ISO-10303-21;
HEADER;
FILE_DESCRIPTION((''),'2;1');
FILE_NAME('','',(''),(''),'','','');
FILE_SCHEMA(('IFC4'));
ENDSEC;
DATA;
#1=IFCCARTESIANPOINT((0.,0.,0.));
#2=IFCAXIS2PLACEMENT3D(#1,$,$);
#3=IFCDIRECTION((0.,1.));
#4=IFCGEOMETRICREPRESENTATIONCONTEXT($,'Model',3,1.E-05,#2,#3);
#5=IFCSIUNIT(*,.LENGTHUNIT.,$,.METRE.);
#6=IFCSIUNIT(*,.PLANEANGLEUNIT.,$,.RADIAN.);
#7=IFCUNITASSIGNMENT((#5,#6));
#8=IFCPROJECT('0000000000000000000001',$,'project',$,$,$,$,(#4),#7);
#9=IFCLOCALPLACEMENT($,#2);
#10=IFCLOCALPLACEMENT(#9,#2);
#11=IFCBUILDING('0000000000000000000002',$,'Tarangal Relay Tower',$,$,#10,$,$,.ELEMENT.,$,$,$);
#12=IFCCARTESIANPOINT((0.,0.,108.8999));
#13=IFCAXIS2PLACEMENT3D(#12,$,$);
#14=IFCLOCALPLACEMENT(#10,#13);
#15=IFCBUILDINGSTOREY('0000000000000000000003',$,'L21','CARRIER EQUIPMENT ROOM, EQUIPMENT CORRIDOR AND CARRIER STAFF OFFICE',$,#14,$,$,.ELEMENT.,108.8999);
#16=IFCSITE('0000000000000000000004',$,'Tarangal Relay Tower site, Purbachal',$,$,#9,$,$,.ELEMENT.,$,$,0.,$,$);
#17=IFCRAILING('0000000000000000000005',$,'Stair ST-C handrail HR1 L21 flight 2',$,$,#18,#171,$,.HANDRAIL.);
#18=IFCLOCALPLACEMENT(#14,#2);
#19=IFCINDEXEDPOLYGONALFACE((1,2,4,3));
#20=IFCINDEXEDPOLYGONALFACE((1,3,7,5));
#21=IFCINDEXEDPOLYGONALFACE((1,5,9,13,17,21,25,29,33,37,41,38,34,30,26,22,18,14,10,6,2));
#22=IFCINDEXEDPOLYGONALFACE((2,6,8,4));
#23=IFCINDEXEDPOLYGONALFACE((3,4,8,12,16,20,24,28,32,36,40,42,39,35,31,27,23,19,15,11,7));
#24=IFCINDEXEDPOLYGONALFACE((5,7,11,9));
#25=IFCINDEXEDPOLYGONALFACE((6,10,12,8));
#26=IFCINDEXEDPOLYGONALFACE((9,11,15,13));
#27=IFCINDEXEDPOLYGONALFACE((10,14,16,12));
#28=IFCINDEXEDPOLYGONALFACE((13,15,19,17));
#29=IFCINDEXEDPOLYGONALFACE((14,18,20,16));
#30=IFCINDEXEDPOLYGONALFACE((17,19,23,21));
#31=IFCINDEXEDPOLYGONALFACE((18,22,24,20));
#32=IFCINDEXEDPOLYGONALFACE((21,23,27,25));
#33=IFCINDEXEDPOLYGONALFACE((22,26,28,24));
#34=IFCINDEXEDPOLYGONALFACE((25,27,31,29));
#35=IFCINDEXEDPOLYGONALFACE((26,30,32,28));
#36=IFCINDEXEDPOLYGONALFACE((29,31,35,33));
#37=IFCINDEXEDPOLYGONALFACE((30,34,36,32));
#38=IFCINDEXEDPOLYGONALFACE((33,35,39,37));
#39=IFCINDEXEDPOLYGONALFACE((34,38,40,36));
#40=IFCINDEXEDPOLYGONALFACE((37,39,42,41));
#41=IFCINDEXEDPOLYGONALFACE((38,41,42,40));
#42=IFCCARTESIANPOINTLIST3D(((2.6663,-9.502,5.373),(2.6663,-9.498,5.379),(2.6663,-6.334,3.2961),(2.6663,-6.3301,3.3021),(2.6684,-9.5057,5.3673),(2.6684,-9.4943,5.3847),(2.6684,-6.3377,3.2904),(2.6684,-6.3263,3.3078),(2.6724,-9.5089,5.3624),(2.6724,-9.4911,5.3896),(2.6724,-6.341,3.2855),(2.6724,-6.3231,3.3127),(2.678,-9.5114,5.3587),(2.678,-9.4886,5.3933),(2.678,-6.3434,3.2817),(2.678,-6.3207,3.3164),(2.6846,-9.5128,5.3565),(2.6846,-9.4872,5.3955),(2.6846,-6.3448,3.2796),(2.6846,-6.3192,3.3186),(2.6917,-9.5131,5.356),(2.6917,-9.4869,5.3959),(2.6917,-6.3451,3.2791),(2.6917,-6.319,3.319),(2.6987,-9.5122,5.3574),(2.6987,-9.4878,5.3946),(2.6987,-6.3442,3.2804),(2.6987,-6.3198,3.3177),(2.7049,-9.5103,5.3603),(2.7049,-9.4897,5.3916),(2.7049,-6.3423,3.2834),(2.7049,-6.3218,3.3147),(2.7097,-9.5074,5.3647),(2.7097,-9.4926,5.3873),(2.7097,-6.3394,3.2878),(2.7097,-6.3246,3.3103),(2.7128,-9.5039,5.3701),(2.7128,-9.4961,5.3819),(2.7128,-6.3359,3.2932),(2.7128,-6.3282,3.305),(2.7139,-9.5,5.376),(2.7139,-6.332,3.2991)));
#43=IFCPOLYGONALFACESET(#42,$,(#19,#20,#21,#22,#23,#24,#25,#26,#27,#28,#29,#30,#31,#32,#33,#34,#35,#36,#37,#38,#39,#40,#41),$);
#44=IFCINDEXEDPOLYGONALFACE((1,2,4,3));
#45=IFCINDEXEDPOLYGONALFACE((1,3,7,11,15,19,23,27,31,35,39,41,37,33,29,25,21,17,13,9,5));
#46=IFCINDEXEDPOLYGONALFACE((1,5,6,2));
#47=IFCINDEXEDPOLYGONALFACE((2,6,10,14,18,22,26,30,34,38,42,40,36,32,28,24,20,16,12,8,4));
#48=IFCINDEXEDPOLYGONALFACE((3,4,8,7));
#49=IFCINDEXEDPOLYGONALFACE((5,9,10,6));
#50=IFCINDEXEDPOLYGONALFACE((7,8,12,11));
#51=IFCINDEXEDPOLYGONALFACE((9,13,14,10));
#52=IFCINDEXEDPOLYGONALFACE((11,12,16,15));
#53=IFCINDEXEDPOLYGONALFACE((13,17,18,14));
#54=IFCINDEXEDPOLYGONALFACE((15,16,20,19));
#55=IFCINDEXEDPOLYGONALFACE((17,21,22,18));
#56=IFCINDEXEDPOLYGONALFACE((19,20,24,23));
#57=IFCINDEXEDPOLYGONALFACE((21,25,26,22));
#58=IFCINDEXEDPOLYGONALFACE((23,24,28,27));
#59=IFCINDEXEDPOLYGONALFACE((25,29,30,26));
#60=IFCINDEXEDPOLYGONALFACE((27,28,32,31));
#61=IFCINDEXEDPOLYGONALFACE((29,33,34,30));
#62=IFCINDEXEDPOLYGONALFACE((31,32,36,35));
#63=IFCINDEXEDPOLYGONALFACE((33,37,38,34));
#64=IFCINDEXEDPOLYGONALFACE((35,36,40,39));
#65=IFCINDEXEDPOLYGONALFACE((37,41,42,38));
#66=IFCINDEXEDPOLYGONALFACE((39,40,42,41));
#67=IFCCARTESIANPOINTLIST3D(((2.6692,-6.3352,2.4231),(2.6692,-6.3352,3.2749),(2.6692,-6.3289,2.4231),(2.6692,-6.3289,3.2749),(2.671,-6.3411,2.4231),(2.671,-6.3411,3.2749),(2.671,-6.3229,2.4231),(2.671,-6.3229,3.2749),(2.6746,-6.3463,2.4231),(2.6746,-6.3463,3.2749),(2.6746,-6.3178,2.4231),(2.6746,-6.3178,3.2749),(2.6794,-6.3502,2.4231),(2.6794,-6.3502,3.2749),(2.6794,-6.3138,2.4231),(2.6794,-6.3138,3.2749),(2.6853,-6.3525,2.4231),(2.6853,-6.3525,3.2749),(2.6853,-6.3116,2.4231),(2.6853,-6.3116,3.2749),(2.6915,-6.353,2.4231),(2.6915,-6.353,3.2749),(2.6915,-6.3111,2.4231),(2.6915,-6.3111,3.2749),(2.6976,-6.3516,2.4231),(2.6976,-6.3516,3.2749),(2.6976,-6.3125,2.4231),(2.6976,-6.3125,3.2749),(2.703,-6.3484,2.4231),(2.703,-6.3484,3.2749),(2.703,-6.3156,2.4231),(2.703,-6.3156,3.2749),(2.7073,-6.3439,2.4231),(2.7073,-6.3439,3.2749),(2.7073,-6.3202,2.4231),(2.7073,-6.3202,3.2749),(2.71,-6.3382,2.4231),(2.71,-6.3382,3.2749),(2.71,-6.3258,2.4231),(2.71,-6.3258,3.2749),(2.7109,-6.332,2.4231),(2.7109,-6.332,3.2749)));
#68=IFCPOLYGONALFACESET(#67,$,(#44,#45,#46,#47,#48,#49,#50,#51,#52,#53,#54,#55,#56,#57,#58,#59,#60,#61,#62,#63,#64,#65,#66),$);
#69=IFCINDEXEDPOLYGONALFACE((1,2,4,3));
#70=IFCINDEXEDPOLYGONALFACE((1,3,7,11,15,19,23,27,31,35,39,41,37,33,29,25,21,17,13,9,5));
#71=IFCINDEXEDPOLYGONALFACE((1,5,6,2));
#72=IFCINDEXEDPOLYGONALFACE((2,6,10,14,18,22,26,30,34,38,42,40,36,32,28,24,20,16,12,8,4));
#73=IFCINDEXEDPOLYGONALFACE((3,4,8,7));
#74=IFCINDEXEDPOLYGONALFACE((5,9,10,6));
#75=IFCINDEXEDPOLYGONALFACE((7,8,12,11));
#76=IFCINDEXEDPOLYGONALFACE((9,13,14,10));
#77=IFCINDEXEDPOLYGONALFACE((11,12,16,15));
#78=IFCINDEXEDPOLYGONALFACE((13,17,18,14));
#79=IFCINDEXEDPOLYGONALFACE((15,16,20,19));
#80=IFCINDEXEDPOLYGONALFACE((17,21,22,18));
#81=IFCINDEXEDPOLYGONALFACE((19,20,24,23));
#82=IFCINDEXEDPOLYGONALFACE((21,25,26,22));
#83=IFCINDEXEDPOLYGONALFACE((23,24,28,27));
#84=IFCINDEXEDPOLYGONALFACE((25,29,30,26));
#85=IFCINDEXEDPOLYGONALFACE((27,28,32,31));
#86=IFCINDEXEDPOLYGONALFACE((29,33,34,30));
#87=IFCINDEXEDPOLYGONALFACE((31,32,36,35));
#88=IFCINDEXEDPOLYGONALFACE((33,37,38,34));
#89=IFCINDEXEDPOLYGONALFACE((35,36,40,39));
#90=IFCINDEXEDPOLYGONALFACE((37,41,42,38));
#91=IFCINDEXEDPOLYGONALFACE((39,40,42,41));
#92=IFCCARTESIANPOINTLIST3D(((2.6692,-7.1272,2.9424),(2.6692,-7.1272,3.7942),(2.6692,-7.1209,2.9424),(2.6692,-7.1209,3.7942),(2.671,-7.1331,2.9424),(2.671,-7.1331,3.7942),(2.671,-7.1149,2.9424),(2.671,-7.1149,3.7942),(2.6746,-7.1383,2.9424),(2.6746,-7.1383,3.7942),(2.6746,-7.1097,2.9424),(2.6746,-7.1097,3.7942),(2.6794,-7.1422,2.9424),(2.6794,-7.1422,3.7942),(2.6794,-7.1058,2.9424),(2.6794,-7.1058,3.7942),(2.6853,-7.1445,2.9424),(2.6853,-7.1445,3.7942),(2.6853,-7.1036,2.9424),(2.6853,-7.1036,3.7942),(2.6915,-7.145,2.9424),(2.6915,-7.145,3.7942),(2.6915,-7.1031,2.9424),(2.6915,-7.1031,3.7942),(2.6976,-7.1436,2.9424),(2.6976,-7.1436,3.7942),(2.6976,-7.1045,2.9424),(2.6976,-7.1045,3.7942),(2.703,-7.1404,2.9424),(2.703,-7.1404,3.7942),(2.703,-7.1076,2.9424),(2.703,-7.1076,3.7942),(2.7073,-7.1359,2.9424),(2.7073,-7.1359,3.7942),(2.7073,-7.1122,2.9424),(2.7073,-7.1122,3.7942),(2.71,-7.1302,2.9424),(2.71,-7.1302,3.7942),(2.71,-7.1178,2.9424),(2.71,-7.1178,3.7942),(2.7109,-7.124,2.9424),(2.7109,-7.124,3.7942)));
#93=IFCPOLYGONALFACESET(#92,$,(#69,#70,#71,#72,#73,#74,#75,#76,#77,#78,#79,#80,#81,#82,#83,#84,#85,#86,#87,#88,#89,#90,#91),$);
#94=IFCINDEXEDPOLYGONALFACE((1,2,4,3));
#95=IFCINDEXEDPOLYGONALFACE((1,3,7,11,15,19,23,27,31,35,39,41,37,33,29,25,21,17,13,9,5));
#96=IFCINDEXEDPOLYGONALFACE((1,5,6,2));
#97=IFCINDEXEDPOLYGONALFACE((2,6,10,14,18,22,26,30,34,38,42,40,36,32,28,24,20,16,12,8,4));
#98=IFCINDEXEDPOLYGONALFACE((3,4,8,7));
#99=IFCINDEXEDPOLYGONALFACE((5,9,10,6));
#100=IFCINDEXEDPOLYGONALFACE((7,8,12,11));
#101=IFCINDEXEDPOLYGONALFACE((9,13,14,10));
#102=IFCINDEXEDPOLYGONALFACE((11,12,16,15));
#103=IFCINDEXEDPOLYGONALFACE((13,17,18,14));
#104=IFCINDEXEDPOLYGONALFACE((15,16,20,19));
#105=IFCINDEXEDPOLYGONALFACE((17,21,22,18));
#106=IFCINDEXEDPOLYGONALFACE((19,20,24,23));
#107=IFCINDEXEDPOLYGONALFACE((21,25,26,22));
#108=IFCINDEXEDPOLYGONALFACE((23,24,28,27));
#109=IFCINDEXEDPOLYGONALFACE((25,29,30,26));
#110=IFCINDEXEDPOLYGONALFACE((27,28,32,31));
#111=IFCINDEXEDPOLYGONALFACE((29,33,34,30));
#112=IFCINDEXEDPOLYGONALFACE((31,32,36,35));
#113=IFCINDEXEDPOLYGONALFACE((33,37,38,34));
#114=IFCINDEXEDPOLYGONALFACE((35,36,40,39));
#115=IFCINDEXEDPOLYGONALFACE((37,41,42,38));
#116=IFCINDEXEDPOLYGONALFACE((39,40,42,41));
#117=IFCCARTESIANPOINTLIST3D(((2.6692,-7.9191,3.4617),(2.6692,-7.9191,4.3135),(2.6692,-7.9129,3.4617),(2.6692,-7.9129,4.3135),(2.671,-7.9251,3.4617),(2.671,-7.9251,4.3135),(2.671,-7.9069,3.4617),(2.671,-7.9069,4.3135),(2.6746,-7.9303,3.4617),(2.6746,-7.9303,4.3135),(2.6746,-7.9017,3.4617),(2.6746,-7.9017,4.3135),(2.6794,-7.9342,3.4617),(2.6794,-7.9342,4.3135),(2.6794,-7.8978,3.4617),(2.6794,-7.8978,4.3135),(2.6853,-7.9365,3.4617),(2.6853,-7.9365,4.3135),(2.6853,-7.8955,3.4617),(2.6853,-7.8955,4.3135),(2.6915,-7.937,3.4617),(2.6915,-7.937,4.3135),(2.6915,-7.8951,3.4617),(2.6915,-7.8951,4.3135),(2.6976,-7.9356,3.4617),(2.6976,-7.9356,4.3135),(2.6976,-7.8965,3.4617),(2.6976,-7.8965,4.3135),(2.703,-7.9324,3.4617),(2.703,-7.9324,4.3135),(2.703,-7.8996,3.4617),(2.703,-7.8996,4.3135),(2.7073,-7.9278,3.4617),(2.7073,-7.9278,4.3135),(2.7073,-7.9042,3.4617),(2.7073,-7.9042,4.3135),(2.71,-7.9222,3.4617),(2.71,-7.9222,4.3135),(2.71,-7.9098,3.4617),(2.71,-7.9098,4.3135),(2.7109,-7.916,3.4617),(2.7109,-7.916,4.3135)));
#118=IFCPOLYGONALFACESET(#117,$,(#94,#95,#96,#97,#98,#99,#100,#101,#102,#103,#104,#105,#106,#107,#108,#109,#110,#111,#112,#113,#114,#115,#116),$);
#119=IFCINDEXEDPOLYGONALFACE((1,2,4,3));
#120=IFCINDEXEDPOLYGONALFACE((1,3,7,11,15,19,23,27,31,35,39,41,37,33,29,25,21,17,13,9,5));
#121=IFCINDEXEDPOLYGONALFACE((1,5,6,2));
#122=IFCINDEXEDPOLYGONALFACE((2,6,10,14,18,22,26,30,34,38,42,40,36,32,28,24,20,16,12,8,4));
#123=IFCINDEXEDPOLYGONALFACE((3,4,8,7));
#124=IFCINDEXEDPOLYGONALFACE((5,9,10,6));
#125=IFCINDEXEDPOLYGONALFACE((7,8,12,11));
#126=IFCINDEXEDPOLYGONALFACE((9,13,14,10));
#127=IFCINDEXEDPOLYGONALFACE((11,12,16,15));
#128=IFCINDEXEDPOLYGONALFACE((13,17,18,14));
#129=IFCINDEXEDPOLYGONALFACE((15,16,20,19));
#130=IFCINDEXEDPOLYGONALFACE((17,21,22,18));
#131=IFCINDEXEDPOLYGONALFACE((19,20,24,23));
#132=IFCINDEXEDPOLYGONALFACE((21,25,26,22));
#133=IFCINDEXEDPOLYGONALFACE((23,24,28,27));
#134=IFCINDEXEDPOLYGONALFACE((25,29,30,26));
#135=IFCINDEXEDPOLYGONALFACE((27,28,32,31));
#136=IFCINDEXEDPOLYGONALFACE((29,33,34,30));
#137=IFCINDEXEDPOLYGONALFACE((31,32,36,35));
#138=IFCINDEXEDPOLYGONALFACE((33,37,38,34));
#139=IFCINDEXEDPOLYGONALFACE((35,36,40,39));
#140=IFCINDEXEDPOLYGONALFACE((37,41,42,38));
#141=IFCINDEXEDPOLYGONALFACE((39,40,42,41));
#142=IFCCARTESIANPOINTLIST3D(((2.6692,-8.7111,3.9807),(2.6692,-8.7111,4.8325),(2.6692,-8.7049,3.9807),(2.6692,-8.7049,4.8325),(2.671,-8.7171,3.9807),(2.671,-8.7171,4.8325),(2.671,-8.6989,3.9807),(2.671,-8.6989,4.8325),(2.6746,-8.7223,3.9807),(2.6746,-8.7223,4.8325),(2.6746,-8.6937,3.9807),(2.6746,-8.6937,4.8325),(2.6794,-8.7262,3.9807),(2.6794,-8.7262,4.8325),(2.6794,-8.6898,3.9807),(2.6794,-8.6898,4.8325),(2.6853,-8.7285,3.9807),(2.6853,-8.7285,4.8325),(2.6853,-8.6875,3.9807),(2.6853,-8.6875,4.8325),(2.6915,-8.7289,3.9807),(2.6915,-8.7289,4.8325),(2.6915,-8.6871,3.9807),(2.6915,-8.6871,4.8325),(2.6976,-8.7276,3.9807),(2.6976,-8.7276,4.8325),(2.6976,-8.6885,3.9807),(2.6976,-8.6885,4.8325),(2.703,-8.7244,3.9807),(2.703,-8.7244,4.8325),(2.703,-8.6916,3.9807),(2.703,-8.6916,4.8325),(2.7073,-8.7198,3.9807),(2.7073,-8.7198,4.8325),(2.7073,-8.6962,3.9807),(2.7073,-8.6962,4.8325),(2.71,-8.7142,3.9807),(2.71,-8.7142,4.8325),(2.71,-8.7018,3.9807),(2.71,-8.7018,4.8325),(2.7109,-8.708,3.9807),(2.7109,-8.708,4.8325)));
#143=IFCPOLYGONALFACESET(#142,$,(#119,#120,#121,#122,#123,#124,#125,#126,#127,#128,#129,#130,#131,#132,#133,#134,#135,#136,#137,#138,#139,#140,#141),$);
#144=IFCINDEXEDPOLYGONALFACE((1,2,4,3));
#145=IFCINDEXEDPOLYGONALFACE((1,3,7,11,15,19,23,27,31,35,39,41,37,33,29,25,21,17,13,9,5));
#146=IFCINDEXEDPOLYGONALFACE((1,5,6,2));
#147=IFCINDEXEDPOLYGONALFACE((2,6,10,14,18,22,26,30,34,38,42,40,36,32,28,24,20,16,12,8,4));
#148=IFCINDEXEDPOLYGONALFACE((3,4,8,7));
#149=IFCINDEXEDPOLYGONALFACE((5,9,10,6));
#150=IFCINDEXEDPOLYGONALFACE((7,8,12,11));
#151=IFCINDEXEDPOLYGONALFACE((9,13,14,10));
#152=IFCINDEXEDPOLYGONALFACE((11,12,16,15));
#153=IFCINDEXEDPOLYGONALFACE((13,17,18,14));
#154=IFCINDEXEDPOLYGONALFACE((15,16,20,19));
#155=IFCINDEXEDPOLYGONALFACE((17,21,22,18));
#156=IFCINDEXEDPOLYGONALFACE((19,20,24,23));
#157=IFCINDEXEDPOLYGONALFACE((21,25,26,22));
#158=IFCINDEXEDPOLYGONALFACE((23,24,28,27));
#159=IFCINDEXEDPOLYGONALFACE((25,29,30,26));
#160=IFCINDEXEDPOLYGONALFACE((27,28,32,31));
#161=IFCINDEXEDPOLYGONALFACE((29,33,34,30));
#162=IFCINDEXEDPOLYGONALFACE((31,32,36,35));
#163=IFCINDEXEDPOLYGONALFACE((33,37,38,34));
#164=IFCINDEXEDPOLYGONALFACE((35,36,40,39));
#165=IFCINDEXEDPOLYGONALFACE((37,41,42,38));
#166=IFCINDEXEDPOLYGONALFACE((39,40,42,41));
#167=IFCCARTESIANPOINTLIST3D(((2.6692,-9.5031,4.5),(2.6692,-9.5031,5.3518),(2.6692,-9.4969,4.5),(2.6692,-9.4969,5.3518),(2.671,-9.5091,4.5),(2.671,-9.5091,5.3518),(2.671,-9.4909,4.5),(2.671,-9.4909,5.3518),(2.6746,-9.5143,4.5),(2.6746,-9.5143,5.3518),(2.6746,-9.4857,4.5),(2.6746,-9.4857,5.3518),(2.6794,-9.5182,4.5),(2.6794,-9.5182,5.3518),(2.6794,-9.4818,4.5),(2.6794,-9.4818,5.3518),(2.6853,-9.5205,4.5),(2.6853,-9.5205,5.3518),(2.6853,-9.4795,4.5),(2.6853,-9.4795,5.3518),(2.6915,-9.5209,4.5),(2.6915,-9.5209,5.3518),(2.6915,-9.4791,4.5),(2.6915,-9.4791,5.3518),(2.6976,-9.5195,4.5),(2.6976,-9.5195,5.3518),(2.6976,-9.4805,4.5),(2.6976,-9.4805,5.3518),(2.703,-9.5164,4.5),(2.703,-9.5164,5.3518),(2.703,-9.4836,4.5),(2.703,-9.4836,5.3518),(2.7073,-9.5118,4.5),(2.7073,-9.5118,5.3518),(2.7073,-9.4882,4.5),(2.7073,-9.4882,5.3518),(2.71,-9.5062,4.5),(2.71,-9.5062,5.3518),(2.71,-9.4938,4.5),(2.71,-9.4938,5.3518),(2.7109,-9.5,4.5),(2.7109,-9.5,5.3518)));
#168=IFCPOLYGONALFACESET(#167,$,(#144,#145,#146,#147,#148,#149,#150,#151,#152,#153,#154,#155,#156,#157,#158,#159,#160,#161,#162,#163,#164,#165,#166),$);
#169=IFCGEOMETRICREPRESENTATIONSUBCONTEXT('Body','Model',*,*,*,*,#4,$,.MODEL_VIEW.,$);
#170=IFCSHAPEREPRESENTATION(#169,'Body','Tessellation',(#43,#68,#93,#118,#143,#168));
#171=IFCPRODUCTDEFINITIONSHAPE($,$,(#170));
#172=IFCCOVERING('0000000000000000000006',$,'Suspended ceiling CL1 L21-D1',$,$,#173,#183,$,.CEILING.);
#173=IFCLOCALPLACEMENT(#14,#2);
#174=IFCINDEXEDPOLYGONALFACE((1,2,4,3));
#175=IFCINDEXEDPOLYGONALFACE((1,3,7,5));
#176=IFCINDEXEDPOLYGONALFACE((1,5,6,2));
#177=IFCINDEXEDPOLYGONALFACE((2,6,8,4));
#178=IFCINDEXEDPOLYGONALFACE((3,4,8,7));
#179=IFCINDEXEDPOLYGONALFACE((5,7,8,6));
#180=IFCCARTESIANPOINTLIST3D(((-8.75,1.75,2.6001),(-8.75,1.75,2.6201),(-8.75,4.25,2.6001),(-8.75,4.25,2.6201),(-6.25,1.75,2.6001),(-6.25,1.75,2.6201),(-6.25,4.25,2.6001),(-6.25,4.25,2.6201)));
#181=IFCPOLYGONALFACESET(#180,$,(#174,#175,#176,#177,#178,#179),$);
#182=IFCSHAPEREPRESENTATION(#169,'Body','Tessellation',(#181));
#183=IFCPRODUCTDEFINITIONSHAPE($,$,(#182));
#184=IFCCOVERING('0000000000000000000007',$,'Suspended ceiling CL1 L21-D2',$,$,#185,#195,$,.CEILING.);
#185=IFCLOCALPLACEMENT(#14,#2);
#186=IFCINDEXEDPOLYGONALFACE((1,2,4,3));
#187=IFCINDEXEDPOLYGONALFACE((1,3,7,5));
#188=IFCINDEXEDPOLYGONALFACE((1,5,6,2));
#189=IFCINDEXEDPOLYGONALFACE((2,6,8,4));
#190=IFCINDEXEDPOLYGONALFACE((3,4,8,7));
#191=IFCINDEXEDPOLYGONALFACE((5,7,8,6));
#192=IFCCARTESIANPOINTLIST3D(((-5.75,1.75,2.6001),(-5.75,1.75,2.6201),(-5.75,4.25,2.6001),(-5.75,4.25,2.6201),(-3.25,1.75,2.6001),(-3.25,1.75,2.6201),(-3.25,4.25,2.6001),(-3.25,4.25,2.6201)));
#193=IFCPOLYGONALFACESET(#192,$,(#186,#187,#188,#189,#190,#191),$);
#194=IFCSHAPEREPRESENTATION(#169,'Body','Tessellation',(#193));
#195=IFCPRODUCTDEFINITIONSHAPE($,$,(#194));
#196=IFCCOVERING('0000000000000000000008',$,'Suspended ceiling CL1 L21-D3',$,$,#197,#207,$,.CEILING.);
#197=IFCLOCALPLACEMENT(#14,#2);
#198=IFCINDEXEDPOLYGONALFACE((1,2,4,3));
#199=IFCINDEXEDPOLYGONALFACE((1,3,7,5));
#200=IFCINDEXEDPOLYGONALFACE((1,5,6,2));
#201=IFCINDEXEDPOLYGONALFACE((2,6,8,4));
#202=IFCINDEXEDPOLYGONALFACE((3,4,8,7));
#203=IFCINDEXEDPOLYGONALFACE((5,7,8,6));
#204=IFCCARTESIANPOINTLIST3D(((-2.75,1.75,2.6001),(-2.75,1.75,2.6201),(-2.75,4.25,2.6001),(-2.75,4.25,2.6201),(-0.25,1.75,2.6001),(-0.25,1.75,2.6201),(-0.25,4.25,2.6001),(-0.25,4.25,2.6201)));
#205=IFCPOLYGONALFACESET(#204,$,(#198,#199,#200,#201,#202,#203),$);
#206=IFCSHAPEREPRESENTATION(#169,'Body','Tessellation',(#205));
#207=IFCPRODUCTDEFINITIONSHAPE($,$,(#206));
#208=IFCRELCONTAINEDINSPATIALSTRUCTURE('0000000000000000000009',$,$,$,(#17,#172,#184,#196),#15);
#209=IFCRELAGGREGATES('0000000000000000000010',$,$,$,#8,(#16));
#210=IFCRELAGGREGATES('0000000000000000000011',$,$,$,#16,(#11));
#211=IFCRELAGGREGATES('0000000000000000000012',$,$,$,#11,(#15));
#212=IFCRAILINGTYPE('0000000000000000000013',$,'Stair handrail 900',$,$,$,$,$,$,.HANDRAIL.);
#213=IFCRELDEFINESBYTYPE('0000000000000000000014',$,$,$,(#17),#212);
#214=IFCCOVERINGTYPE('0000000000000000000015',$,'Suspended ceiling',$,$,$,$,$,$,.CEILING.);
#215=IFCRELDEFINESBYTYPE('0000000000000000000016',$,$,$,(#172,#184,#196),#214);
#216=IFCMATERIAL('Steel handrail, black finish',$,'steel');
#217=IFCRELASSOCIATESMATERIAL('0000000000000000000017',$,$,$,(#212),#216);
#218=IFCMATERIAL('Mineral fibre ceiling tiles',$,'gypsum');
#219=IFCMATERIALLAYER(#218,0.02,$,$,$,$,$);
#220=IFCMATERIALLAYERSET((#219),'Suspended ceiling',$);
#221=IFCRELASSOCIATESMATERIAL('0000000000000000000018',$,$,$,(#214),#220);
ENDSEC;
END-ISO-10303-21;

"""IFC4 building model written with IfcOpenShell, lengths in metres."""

from ifc_helpers import new_model, si_unit, direction, frame, origin, origin_2d, place, context, subcontext, project, spatial, polyline, circle, outline, extrude, material, layer, layer_set, type_object, element, save


model = new_model("IFC4")

# Units and contexts
model_context = context("Model", 3, precision=1e-05, world=origin(), true_north=direction((0.0, 1.0)))
body_context = subcontext(model_context, "Body", "Model", "MODEL_VIEW")
ifc_project = project(units=[si_unit("LENGTHUNIT", "METRE"), si_unit("PLANEANGLEUNIT", "RADIAN")], contexts=[model_context])

# Site, building, storey
site_placement = place(None, origin())
site = spatial("IfcSite", under=ifc_project, at=site_placement, Name="Tarangal Relay Tower site, Purbachal", CompositionType="ELEMENT", RefElevation=0.0)
building_placement = place(site_placement, origin())
building = spatial("IfcBuilding", under=site, at=building_placement, Name="Tarangal Relay Tower", CompositionType="ELEMENT")
storey_placement = place(building_placement, frame((0.0, 0.0, 108.8999)))
storey = spatial("IfcBuildingStorey", under=building, at=storey_placement, Name="L21", Description="CARRIER EQUIPMENT ROOM, EQUIPMENT CORRIDOR AND CARRIER STAFF OFFICE", CompositionType="ELEMENT", Elevation=108.8999)

# Railing
ifc_material_1 = material(Name="Steel handrail, black finish", Category="steel")
railing_type_1 = type_object("IfcRailingType", Name="Stair handrail 900", PredefinedType="HANDRAIL", material=ifc_material_1)
railing_1_placement = place(storey_placement, frame((2.6899, -6.332, 2.4231)))
element("IfcRailing", 1, at=railing_1_placement, inside=storey, type_object=railing_type_1, Name="Stair ST-C handrail HR1 L21 flight 2", PredefinedType="HANDRAIL", context=body_context, shape_type="SweptSolid", body=[
    extrude(circle(Radius=0.0239, at=origin_2d()), frame((0.0, 0.0, 0.876), z_axis=(0.0, -0.836299, 0.548273), x_axis=(1.0, 0.0, 0.0)), (0.0, 0.0, 1.0), 3.7881),
    extrude(circle(Radius=0.021, at=origin_2d()), origin(), (0.0, 0.0, 1.0), 0.8518),
    extrude(circle(Radius=0.021, at=origin_2d()), frame((0.0, -0.792, 0.5193)), (0.0, 0.0, 1.0), 0.8518),
    extrude(circle(Radius=0.021, at=origin_2d()), frame((0.0, -1.584, 1.0386)), (0.0, 0.0, 1.0), 0.8518),
    extrude(circle(Radius=0.021, at=origin_2d()), frame((0.0, -2.376, 1.5576)), (0.0, 0.0, 1.0), 0.8518),
    extrude(circle(Radius=0.021, at=origin_2d()), frame((0.0, -3.168, 2.0769)), (0.0, 0.0, 1.0), 0.8518),
])

# Coverings
ifc_material_2 = material(Name="Mineral fibre ceiling tiles", Category="gypsum")
ifc_layer_1 = layer(ifc_material_2, 0.02)
ifc_layer_set_1 = layer_set([ifc_layer_1], Name="Suspended ceiling")
covering_type_1 = type_object("IfcCoveringType", Name="Suspended ceiling", PredefinedType="CEILING", material=ifc_layer_set_1)
covering_1_placement = place(storey_placement, frame((0.0, 0.0, 2.6001)))
element("IfcCovering", 2, at=covering_1_placement, inside=storey, type_object=covering_type_1, Name="Suspended ceiling CL1 L21-D1", PredefinedType="CEILING", context=body_context, shape_type="SweptSolid", body=[
    extrude(outline(polyline([(-8.75, 1.75), (-6.25, 1.75), (-6.25, 4.25), (-8.75, 4.25), (-8.75, 1.75)])), origin(), (0.0, 0.0, 1.0), 0.02),
])
covering_2_placement = place(storey_placement, frame((0.0, 0.0, 2.6001)))
element("IfcCovering", 3, at=covering_2_placement, inside=storey, type_object=covering_type_1, Name="Suspended ceiling CL1 L21-D2", PredefinedType="CEILING", context=body_context, shape_type="SweptSolid", body=[
    extrude(outline(polyline([(-5.75, 1.75), (-3.25, 1.75), (-3.25, 4.25), (-5.75, 4.25), (-5.75, 1.75)])), origin(), (0.0, 0.0, 1.0), 0.02),
])
covering_3_placement = place(storey_placement, frame((0.0, 0.0, 2.6001)))
element("IfcCovering", 4, at=covering_3_placement, inside=storey, type_object=covering_type_1, Name="Suspended ceiling CL1 L21-D3", PredefinedType="CEILING", context=body_context, shape_type="SweptSolid", body=[
    extrude(outline(polyline([(-2.75, 1.75), (-0.25, 1.75), (-0.25, 4.25), (-2.75, 4.25), (-2.75, 1.75)])), origin(), (0.0, 0.0, 1.0), 0.02),
])

save(model, "model.ifc")
